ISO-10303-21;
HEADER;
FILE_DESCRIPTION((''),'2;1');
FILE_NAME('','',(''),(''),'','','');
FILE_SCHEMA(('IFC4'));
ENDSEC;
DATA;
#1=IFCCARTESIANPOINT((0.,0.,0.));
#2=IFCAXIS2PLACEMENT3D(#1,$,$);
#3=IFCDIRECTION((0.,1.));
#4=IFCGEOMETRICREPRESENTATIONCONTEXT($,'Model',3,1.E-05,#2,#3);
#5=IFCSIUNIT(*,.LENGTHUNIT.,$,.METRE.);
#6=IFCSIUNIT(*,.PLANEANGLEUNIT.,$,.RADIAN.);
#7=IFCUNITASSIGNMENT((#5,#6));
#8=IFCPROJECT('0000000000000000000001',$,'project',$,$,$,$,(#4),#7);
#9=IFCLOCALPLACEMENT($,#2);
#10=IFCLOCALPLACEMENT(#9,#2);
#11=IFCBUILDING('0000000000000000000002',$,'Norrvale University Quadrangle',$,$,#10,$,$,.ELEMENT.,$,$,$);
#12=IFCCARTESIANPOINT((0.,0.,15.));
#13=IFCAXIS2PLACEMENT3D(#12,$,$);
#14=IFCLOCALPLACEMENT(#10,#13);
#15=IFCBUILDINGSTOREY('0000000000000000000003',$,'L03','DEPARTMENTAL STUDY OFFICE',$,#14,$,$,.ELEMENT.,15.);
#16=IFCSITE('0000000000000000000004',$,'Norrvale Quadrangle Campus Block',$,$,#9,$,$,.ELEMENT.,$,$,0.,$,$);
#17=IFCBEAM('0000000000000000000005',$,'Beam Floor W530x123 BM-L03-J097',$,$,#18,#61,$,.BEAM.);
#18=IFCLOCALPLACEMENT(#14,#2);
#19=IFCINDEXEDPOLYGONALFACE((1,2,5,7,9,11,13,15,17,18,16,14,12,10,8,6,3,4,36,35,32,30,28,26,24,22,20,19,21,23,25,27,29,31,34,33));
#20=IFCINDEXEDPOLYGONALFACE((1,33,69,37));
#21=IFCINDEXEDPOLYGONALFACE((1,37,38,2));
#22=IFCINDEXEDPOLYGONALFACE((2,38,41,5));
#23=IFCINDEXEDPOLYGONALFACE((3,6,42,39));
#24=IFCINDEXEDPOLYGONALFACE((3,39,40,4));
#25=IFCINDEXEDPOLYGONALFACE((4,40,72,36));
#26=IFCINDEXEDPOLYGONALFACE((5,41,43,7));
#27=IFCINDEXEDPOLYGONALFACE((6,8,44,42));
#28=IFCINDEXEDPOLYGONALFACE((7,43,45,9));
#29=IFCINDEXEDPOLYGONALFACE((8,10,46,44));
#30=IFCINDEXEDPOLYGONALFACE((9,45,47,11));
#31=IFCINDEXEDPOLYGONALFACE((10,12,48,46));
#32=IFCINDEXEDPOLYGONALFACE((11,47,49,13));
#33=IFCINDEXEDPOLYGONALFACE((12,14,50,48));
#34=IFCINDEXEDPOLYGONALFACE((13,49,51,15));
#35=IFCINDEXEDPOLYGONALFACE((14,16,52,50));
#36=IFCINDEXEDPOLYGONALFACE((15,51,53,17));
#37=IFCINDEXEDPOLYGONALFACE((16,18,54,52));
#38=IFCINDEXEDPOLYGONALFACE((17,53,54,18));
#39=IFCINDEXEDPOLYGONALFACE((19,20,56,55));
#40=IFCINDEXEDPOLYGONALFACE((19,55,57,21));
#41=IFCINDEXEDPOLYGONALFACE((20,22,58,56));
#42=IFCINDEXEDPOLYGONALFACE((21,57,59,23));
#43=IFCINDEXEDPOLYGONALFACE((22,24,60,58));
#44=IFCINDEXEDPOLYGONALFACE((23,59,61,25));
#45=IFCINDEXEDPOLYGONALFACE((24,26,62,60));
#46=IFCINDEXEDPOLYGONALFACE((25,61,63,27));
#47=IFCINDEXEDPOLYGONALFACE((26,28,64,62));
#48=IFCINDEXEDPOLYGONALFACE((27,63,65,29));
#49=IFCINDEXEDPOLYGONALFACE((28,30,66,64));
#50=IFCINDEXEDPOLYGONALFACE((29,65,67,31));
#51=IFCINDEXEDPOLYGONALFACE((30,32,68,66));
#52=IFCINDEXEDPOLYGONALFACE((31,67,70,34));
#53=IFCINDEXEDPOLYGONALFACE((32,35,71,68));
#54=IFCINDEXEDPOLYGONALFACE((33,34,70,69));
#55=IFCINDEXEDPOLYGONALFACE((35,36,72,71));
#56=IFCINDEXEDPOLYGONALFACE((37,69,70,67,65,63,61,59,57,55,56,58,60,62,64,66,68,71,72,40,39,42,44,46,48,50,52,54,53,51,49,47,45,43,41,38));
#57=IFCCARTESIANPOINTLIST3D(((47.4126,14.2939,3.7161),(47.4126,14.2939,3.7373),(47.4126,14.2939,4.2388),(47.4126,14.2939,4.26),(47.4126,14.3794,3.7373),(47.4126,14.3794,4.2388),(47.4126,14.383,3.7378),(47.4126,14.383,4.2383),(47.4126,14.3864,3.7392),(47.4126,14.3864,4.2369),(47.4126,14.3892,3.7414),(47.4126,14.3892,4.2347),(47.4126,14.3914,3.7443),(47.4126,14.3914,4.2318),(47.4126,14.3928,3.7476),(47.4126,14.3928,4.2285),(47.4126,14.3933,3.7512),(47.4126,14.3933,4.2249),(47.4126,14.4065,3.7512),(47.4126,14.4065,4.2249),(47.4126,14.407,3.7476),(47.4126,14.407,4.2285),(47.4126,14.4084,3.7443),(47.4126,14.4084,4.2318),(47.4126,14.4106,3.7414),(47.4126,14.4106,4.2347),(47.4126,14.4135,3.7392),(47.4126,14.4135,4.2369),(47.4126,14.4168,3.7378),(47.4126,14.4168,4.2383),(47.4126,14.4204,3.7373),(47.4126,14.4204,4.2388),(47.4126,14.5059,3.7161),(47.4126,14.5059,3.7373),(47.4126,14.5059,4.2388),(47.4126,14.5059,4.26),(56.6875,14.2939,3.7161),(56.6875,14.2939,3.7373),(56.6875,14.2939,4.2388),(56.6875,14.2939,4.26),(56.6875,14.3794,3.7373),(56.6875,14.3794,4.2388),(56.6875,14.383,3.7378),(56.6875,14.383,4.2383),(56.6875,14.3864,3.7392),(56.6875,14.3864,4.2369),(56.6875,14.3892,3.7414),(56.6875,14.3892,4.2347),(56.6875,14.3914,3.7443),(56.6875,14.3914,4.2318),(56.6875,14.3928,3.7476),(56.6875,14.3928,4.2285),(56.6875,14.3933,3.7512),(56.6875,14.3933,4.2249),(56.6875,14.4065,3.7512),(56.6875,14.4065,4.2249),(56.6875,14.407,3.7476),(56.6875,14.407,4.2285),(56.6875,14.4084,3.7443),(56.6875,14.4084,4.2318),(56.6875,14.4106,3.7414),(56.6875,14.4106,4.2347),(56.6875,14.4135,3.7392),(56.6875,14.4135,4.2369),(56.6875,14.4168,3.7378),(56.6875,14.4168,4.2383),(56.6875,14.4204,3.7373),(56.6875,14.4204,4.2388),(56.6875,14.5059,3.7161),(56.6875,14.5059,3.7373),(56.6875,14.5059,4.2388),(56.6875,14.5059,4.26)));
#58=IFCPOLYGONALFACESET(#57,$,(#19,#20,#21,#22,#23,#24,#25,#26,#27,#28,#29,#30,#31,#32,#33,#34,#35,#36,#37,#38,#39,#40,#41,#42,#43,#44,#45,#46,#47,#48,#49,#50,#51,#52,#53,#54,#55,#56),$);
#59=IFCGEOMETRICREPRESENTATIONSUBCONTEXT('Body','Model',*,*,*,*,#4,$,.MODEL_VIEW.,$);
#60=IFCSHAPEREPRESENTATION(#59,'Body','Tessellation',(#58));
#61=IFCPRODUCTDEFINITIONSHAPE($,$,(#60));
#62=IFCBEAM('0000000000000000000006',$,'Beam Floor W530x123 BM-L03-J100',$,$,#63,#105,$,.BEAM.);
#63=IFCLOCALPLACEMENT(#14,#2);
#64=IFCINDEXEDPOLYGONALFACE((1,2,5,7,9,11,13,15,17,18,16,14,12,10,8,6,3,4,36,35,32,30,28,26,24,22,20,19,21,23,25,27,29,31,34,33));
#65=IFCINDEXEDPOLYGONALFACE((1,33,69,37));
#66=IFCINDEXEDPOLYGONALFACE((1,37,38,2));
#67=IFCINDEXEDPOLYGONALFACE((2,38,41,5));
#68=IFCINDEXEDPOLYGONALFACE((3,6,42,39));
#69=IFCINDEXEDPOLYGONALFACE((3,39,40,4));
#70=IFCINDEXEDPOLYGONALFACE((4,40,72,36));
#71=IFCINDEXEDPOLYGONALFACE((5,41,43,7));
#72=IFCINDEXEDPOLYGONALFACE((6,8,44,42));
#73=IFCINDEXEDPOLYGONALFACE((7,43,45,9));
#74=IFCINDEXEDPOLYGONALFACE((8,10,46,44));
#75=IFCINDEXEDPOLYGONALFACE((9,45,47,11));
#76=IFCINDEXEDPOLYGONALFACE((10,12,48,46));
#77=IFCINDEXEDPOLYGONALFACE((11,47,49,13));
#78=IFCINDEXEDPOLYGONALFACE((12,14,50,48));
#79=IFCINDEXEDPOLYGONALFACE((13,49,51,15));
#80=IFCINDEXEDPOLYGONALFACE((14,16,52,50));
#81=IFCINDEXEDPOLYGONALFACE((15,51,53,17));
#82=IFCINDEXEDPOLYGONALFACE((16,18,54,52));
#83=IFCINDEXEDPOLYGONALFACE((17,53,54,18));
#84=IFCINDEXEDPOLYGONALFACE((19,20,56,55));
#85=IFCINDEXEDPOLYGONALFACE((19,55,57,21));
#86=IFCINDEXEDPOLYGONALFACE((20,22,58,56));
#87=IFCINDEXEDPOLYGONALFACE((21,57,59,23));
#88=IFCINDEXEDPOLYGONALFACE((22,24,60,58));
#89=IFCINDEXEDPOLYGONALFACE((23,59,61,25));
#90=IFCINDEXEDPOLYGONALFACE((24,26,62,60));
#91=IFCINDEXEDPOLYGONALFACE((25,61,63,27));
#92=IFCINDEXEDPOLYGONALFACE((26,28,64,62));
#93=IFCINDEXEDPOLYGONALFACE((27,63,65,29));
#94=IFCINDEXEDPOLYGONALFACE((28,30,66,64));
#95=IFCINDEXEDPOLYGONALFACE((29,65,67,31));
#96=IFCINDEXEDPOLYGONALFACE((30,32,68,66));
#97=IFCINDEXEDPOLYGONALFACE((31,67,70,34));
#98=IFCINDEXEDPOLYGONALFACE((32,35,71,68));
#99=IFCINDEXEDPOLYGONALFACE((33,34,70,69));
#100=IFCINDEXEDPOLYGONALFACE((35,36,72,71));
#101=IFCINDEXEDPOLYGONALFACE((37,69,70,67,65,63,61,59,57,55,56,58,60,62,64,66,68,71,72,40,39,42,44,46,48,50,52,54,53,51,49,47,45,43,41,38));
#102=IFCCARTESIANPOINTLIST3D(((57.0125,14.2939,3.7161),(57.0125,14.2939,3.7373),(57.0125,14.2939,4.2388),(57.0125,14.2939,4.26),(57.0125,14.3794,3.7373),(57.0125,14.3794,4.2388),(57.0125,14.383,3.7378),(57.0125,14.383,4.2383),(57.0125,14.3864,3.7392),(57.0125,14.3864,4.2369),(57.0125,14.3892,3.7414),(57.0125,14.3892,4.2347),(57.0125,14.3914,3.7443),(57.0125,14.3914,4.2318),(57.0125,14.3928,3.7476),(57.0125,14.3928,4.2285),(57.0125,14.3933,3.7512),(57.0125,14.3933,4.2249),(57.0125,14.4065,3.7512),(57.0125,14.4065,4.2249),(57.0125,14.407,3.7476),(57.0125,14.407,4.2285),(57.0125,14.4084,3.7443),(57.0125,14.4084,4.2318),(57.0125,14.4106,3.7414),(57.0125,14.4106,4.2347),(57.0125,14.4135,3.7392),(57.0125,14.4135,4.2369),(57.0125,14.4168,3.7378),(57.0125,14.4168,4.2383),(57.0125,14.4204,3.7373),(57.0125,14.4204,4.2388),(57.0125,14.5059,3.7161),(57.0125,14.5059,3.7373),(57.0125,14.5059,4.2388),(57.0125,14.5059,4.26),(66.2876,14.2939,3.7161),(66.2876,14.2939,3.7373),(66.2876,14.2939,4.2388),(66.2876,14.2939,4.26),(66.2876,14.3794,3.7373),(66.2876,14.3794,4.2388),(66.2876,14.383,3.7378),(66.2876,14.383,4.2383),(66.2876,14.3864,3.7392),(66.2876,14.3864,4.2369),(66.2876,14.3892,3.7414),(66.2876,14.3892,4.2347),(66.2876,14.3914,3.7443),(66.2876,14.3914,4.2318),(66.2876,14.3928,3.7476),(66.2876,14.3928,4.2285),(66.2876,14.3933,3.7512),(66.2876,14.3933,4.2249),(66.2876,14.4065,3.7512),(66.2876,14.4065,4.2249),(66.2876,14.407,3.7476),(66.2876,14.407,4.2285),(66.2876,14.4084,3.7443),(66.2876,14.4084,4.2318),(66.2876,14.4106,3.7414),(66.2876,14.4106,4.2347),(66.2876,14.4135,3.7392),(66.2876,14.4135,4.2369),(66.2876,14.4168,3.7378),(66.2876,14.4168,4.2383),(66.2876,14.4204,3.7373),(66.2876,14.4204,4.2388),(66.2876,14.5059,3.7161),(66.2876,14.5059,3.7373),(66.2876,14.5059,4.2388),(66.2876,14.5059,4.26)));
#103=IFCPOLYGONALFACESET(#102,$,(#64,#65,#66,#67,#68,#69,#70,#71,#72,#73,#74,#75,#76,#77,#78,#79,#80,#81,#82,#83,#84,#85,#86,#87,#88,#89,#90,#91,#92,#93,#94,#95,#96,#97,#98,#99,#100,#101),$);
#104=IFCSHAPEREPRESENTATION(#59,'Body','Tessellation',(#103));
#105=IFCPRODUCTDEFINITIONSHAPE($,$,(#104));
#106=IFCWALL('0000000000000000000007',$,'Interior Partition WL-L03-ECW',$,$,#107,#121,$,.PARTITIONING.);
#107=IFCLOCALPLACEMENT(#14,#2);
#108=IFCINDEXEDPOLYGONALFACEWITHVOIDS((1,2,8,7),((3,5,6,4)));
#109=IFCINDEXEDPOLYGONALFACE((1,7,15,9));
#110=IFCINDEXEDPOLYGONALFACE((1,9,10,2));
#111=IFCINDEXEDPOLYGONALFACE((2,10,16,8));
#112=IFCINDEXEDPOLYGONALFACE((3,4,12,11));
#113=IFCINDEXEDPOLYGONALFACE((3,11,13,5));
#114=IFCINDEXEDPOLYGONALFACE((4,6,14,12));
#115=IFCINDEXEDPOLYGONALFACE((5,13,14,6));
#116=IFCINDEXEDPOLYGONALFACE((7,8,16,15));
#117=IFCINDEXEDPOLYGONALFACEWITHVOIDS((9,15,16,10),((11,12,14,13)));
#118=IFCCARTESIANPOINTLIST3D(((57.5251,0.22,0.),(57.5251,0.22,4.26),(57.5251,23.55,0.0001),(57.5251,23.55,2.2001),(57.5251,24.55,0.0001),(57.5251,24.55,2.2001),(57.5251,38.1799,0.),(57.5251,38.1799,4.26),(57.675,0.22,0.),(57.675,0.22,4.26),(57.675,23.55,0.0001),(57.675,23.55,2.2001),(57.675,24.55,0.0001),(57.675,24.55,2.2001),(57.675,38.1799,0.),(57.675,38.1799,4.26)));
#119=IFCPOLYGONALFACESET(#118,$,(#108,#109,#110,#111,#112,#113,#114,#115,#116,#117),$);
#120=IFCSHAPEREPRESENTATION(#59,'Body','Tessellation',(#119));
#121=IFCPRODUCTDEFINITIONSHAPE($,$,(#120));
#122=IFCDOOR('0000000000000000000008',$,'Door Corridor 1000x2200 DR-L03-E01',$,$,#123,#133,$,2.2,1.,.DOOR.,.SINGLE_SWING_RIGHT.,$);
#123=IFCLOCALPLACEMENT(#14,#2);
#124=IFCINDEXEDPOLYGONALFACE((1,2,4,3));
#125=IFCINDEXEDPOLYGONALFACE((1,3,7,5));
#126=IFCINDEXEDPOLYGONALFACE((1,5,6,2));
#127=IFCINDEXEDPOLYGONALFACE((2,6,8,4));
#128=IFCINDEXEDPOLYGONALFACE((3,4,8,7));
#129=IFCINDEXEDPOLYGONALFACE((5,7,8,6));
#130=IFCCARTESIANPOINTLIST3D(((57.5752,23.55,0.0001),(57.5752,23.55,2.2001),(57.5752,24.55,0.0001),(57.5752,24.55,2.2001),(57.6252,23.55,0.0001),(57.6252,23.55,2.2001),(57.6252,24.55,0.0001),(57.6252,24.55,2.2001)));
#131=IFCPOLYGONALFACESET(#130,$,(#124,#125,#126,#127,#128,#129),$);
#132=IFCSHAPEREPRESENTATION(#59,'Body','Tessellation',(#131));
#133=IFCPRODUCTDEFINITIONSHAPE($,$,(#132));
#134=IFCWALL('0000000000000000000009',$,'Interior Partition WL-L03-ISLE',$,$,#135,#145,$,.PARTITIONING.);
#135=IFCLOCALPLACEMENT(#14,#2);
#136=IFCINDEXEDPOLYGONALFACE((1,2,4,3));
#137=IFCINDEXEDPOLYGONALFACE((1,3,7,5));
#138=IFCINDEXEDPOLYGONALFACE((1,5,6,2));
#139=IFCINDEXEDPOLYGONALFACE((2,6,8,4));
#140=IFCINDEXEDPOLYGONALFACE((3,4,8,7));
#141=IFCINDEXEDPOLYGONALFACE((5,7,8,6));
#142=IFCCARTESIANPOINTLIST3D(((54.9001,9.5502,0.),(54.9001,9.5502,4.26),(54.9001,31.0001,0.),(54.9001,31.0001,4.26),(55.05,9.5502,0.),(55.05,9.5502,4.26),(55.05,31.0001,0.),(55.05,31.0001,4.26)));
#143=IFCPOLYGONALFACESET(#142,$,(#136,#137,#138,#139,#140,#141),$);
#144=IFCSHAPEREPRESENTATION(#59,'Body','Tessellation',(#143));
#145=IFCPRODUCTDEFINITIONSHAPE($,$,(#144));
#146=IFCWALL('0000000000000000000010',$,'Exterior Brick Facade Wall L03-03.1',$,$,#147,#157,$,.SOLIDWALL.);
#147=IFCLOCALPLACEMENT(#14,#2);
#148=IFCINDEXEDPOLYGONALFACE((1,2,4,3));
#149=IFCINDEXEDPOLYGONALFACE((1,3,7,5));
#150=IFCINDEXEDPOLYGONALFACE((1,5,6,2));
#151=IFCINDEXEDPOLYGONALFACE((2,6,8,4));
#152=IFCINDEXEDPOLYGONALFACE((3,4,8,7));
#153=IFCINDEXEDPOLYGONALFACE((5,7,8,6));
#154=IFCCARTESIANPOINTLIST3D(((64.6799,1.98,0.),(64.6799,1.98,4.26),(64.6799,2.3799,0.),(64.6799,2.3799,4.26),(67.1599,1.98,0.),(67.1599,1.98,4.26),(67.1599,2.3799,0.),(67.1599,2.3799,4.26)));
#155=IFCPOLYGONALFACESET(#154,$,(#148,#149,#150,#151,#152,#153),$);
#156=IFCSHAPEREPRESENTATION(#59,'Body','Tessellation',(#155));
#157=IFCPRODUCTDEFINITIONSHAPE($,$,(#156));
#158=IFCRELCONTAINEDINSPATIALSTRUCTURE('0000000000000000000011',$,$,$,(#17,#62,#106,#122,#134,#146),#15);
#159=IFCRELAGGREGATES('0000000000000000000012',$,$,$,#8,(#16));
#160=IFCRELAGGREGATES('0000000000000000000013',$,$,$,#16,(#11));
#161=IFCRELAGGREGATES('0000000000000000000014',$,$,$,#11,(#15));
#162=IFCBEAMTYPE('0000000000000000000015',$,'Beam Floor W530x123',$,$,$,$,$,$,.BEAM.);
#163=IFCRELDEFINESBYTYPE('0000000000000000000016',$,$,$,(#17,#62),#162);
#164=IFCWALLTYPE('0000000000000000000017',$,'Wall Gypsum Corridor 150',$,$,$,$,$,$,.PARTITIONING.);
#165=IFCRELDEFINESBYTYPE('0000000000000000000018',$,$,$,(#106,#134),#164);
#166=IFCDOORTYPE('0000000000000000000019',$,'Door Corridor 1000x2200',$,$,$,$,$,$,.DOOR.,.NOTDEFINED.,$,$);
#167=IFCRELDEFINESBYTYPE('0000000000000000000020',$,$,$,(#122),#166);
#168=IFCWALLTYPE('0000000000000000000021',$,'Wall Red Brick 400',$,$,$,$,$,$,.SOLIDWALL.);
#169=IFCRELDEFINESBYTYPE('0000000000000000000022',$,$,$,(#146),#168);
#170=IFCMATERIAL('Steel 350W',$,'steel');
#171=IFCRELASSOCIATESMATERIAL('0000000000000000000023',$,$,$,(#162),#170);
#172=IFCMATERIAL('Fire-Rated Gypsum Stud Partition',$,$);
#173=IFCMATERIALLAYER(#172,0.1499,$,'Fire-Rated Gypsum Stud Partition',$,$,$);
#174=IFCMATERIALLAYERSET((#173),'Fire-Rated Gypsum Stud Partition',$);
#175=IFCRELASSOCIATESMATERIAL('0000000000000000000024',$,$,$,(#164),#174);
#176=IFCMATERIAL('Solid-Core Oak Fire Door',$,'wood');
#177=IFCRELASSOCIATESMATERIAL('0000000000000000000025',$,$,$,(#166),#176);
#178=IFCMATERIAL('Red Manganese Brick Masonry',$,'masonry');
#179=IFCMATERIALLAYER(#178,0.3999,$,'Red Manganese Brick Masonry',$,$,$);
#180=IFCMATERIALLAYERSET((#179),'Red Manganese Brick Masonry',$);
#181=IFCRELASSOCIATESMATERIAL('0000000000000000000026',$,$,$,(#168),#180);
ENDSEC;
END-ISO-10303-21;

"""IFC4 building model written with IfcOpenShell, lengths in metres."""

from ifc_helpers import new_model, si_unit, direction, frame, frame_2d, origin, origin_2d, place, context, subcontext, project, spatial, rectangle, i_section, extrude, material, layer, layer_set, material_profile, profile_set, type_object, element, fill, save


model = new_model("IFC4")

# Units and contexts
model_context = context("Model", 3, precision=1e-05, world=origin(), true_north=direction((0.0, 1.0)))
body_context = subcontext(model_context, "Body", "Model", "MODEL_VIEW")
ifc_project = project(units=[si_unit("LENGTHUNIT", "METRE"), si_unit("PLANEANGLEUNIT", "RADIAN")], contexts=[model_context])

# Site, building, storey
site_placement = place(None, origin())
site = spatial("IfcSite", under=ifc_project, at=site_placement, Name="Norrvale Quadrangle Campus Block", CompositionType="ELEMENT", RefElevation=0.0)
building_placement = place(site_placement, origin())
building = spatial("IfcBuilding", under=site, at=building_placement, Name="Norrvale University Quadrangle", CompositionType="ELEMENT")
storey_placement = place(building_placement, frame((0.0, 0.0, 15.0)))
storey = spatial("IfcBuildingStorey", under=building, at=storey_placement, Name="L03", Description="DEPARTMENTAL STUDY OFFICE", CompositionType="ELEMENT", Elevation=15.0)

# Beams
ifc_material_1 = material(Name="Steel 350W", Category="steel")
ifc_material_profile_1 = material_profile(ifc_material_1, i_section(OverallWidth=0.2119, OverallDepth=0.5439, WebThickness=0.0132, FlangeThickness=0.0212, FilletRadius=0.0139, at=origin_2d()), Name="Steel 350W")
ifc_profile_set_1 = profile_set([ifc_material_profile_1], Name="Steel 350W")
beam_type_1 = type_object("IfcBeamType", Name="Beam Floor W530x123", PredefinedType="BEAM", material=ifc_profile_set_1)
for number, where, z_axis, x_axis, name in (
    (1, (47.4126, 14.3999, 3.988), (1.0, 0.0, 0.0), (0.0, 1.0, 0.0), "Beam Floor W530x123 BM-L03-J097"),
):
    element("IfcBeam", number, at=place(storey_placement, frame(where, z_axis=z_axis, x_axis=x_axis)), inside=storey, type_object=beam_type_1, Name=name, PredefinedType="BEAM", context=body_context, shape_type="SweptSolid", body=[
        extrude(i_section(OverallWidth=0.2119, OverallDepth=0.5439, WebThickness=0.0132, FlangeThickness=0.0212, FilletRadius=0.0139, at=origin_2d()), origin(), (0.0, 0.0, 1.0), 9.2749),
    ])
beam_1_placement = place(storey_placement, frame((57.0125, 14.3999, 3.988), z_axis=(1.0, 0.0, 0.0), x_axis=(0.0, 1.0, 0.0)))
element("IfcBeam", 2, at=beam_1_placement, inside=storey, type_object=beam_type_1, Name="Beam Floor W530x123 BM-L03-J100", PredefinedType="BEAM", context=body_context, shape_type="SweptSolid", body=[
    extrude(i_section(OverallWidth=0.2119, OverallDepth=0.5439, WebThickness=0.0132, FlangeThickness=0.0212, FilletRadius=0.0139, at=origin_2d()), origin(), (0.0, 0.0, 1.0), 9.2751),
])

# Wall, opening, door
ifc_material_2 = material(Name="Fire-Rated Gypsum Stud Partition")
ifc_layer_1 = layer(ifc_material_2, 0.1499, Name="Fire-Rated Gypsum Stud Partition")
ifc_layer_set_1 = layer_set([ifc_layer_1], Name="Fire-Rated Gypsum Stud Partition")
wall_type_1 = type_object("IfcWallType", Name="Wall Gypsum Corridor 150", PredefinedType="PARTITIONING", material=ifc_layer_set_1)
wall_1_placement = place(storey_placement, frame((57.6001, 0.22, 0.0), z_axis=(0.0, 0.0, 1.0), x_axis=(0.0, 1.0, 0.0)))
wall_1 = element("IfcWall", 3, at=wall_1_placement, inside=storey, type_object=wall_type_1, Name="Interior Partition WL-L03-ECW", PredefinedType="PARTITIONING", context=body_context, shape_type="SweptSolid", body=[
    extrude(rectangle(XDim=37.96, YDim=0.1499, at=frame_2d((18.98, 0.0))), origin(), (0.0, 0.0, 1.0), 4.26),
])
opening_placement = place(wall_1_placement, frame((23.3301, 0.0, 0.0)))
opening = element("IfcOpeningElement", 4, at=opening_placement, cuts=wall_1, PredefinedType="OPENING", context=body_context, shape_type="SweptSolid", body=[
    extrude(rectangle(XDim=1.0, YDim=2.2, at=frame_2d((0.5, 1.1001))), frame((0.0, 0.0869, 0.0), z_axis=(0.0, -1.0, 0.0), x_axis=(1.0, 0.0, 0.0)), (0.0, 0.0, 1.0), 0.1738),
])
ifc_material_3 = material(Name="Solid-Core Oak Fire Door", Category="wood")
door_type = type_object("IfcDoorType", Name="Door Corridor 1000x2200", OperationType="NOTDEFINED", PredefinedType="DOOR", material=ifc_material_3)
door_placement = place(opening_placement, origin())
door = element("IfcDoor", 5, at=door_placement, inside=storey, type_object=door_type, Name="Door Corridor 1000x2200 DR-L03-E01", OperationType="SINGLE_SWING_RIGHT", OverallHeight=2.2, OverallWidth=1.0, PredefinedType="DOOR", context=body_context, shape_type="SweptSolid", body=[
    extrude(rectangle(XDim=1.0, YDim=2.2, at=frame_2d((0.5, 1.1001))), frame((0.0, 0.0249, 0.0), z_axis=(0.0, -1.0, 0.0), x_axis=(1.0, 0.0, 0.0)), (0.0, 0.0, 1.0), 0.05),
])
fill(opening, door)

# Walls
wall_2_placement = place(storey_placement, frame((54.9751, 9.55, 0.0), z_axis=(0.0, 0.0, 1.0), x_axis=(0.0, 1.0, 0.0)))
element("IfcWall", 6, at=wall_2_placement, inside=storey, type_object=wall_type_1, Name="Interior Partition WL-L03-ISLE", PredefinedType="PARTITIONING", context=body_context, shape_type="SweptSolid", body=[
    extrude(rectangle(XDim=21.45, YDim=0.1499, at=frame_2d((10.7251, 0.0))), origin(), (0.0, 0.0, 1.0), 4.26),
])
ifc_material_4 = material(Name="Red Manganese Brick Masonry", Category="masonry")
ifc_layer_2 = layer(ifc_material_4, 0.3999, Name="Red Manganese Brick Masonry")
ifc_layer_set_2 = layer_set([ifc_layer_2], Name="Red Manganese Brick Masonry")
wall_type_2 = type_object("IfcWallType", Name="Wall Red Brick 400", PredefinedType="SOLIDWALL", material=ifc_layer_set_2)
wall_3_placement = place(storey_placement, frame((64.6799, 2.1799, 0.0), z_axis=(0.0, 0.0, 1.0), x_axis=(1.0, 0.0, 0.0)))
element("IfcWall", 7, at=wall_3_placement, inside=storey, type_object=wall_type_2, Name="Exterior Brick Facade Wall L03-03.1", PredefinedType="SOLIDWALL", context=body_context, shape_type="SweptSolid", body=[
    extrude(rectangle(XDim=2.48, YDim=0.3999, at=frame_2d((1.24, 0.0))), origin(), (0.0, 0.0, 1.0), 4.26),
])

save(model, "model.ifc")
